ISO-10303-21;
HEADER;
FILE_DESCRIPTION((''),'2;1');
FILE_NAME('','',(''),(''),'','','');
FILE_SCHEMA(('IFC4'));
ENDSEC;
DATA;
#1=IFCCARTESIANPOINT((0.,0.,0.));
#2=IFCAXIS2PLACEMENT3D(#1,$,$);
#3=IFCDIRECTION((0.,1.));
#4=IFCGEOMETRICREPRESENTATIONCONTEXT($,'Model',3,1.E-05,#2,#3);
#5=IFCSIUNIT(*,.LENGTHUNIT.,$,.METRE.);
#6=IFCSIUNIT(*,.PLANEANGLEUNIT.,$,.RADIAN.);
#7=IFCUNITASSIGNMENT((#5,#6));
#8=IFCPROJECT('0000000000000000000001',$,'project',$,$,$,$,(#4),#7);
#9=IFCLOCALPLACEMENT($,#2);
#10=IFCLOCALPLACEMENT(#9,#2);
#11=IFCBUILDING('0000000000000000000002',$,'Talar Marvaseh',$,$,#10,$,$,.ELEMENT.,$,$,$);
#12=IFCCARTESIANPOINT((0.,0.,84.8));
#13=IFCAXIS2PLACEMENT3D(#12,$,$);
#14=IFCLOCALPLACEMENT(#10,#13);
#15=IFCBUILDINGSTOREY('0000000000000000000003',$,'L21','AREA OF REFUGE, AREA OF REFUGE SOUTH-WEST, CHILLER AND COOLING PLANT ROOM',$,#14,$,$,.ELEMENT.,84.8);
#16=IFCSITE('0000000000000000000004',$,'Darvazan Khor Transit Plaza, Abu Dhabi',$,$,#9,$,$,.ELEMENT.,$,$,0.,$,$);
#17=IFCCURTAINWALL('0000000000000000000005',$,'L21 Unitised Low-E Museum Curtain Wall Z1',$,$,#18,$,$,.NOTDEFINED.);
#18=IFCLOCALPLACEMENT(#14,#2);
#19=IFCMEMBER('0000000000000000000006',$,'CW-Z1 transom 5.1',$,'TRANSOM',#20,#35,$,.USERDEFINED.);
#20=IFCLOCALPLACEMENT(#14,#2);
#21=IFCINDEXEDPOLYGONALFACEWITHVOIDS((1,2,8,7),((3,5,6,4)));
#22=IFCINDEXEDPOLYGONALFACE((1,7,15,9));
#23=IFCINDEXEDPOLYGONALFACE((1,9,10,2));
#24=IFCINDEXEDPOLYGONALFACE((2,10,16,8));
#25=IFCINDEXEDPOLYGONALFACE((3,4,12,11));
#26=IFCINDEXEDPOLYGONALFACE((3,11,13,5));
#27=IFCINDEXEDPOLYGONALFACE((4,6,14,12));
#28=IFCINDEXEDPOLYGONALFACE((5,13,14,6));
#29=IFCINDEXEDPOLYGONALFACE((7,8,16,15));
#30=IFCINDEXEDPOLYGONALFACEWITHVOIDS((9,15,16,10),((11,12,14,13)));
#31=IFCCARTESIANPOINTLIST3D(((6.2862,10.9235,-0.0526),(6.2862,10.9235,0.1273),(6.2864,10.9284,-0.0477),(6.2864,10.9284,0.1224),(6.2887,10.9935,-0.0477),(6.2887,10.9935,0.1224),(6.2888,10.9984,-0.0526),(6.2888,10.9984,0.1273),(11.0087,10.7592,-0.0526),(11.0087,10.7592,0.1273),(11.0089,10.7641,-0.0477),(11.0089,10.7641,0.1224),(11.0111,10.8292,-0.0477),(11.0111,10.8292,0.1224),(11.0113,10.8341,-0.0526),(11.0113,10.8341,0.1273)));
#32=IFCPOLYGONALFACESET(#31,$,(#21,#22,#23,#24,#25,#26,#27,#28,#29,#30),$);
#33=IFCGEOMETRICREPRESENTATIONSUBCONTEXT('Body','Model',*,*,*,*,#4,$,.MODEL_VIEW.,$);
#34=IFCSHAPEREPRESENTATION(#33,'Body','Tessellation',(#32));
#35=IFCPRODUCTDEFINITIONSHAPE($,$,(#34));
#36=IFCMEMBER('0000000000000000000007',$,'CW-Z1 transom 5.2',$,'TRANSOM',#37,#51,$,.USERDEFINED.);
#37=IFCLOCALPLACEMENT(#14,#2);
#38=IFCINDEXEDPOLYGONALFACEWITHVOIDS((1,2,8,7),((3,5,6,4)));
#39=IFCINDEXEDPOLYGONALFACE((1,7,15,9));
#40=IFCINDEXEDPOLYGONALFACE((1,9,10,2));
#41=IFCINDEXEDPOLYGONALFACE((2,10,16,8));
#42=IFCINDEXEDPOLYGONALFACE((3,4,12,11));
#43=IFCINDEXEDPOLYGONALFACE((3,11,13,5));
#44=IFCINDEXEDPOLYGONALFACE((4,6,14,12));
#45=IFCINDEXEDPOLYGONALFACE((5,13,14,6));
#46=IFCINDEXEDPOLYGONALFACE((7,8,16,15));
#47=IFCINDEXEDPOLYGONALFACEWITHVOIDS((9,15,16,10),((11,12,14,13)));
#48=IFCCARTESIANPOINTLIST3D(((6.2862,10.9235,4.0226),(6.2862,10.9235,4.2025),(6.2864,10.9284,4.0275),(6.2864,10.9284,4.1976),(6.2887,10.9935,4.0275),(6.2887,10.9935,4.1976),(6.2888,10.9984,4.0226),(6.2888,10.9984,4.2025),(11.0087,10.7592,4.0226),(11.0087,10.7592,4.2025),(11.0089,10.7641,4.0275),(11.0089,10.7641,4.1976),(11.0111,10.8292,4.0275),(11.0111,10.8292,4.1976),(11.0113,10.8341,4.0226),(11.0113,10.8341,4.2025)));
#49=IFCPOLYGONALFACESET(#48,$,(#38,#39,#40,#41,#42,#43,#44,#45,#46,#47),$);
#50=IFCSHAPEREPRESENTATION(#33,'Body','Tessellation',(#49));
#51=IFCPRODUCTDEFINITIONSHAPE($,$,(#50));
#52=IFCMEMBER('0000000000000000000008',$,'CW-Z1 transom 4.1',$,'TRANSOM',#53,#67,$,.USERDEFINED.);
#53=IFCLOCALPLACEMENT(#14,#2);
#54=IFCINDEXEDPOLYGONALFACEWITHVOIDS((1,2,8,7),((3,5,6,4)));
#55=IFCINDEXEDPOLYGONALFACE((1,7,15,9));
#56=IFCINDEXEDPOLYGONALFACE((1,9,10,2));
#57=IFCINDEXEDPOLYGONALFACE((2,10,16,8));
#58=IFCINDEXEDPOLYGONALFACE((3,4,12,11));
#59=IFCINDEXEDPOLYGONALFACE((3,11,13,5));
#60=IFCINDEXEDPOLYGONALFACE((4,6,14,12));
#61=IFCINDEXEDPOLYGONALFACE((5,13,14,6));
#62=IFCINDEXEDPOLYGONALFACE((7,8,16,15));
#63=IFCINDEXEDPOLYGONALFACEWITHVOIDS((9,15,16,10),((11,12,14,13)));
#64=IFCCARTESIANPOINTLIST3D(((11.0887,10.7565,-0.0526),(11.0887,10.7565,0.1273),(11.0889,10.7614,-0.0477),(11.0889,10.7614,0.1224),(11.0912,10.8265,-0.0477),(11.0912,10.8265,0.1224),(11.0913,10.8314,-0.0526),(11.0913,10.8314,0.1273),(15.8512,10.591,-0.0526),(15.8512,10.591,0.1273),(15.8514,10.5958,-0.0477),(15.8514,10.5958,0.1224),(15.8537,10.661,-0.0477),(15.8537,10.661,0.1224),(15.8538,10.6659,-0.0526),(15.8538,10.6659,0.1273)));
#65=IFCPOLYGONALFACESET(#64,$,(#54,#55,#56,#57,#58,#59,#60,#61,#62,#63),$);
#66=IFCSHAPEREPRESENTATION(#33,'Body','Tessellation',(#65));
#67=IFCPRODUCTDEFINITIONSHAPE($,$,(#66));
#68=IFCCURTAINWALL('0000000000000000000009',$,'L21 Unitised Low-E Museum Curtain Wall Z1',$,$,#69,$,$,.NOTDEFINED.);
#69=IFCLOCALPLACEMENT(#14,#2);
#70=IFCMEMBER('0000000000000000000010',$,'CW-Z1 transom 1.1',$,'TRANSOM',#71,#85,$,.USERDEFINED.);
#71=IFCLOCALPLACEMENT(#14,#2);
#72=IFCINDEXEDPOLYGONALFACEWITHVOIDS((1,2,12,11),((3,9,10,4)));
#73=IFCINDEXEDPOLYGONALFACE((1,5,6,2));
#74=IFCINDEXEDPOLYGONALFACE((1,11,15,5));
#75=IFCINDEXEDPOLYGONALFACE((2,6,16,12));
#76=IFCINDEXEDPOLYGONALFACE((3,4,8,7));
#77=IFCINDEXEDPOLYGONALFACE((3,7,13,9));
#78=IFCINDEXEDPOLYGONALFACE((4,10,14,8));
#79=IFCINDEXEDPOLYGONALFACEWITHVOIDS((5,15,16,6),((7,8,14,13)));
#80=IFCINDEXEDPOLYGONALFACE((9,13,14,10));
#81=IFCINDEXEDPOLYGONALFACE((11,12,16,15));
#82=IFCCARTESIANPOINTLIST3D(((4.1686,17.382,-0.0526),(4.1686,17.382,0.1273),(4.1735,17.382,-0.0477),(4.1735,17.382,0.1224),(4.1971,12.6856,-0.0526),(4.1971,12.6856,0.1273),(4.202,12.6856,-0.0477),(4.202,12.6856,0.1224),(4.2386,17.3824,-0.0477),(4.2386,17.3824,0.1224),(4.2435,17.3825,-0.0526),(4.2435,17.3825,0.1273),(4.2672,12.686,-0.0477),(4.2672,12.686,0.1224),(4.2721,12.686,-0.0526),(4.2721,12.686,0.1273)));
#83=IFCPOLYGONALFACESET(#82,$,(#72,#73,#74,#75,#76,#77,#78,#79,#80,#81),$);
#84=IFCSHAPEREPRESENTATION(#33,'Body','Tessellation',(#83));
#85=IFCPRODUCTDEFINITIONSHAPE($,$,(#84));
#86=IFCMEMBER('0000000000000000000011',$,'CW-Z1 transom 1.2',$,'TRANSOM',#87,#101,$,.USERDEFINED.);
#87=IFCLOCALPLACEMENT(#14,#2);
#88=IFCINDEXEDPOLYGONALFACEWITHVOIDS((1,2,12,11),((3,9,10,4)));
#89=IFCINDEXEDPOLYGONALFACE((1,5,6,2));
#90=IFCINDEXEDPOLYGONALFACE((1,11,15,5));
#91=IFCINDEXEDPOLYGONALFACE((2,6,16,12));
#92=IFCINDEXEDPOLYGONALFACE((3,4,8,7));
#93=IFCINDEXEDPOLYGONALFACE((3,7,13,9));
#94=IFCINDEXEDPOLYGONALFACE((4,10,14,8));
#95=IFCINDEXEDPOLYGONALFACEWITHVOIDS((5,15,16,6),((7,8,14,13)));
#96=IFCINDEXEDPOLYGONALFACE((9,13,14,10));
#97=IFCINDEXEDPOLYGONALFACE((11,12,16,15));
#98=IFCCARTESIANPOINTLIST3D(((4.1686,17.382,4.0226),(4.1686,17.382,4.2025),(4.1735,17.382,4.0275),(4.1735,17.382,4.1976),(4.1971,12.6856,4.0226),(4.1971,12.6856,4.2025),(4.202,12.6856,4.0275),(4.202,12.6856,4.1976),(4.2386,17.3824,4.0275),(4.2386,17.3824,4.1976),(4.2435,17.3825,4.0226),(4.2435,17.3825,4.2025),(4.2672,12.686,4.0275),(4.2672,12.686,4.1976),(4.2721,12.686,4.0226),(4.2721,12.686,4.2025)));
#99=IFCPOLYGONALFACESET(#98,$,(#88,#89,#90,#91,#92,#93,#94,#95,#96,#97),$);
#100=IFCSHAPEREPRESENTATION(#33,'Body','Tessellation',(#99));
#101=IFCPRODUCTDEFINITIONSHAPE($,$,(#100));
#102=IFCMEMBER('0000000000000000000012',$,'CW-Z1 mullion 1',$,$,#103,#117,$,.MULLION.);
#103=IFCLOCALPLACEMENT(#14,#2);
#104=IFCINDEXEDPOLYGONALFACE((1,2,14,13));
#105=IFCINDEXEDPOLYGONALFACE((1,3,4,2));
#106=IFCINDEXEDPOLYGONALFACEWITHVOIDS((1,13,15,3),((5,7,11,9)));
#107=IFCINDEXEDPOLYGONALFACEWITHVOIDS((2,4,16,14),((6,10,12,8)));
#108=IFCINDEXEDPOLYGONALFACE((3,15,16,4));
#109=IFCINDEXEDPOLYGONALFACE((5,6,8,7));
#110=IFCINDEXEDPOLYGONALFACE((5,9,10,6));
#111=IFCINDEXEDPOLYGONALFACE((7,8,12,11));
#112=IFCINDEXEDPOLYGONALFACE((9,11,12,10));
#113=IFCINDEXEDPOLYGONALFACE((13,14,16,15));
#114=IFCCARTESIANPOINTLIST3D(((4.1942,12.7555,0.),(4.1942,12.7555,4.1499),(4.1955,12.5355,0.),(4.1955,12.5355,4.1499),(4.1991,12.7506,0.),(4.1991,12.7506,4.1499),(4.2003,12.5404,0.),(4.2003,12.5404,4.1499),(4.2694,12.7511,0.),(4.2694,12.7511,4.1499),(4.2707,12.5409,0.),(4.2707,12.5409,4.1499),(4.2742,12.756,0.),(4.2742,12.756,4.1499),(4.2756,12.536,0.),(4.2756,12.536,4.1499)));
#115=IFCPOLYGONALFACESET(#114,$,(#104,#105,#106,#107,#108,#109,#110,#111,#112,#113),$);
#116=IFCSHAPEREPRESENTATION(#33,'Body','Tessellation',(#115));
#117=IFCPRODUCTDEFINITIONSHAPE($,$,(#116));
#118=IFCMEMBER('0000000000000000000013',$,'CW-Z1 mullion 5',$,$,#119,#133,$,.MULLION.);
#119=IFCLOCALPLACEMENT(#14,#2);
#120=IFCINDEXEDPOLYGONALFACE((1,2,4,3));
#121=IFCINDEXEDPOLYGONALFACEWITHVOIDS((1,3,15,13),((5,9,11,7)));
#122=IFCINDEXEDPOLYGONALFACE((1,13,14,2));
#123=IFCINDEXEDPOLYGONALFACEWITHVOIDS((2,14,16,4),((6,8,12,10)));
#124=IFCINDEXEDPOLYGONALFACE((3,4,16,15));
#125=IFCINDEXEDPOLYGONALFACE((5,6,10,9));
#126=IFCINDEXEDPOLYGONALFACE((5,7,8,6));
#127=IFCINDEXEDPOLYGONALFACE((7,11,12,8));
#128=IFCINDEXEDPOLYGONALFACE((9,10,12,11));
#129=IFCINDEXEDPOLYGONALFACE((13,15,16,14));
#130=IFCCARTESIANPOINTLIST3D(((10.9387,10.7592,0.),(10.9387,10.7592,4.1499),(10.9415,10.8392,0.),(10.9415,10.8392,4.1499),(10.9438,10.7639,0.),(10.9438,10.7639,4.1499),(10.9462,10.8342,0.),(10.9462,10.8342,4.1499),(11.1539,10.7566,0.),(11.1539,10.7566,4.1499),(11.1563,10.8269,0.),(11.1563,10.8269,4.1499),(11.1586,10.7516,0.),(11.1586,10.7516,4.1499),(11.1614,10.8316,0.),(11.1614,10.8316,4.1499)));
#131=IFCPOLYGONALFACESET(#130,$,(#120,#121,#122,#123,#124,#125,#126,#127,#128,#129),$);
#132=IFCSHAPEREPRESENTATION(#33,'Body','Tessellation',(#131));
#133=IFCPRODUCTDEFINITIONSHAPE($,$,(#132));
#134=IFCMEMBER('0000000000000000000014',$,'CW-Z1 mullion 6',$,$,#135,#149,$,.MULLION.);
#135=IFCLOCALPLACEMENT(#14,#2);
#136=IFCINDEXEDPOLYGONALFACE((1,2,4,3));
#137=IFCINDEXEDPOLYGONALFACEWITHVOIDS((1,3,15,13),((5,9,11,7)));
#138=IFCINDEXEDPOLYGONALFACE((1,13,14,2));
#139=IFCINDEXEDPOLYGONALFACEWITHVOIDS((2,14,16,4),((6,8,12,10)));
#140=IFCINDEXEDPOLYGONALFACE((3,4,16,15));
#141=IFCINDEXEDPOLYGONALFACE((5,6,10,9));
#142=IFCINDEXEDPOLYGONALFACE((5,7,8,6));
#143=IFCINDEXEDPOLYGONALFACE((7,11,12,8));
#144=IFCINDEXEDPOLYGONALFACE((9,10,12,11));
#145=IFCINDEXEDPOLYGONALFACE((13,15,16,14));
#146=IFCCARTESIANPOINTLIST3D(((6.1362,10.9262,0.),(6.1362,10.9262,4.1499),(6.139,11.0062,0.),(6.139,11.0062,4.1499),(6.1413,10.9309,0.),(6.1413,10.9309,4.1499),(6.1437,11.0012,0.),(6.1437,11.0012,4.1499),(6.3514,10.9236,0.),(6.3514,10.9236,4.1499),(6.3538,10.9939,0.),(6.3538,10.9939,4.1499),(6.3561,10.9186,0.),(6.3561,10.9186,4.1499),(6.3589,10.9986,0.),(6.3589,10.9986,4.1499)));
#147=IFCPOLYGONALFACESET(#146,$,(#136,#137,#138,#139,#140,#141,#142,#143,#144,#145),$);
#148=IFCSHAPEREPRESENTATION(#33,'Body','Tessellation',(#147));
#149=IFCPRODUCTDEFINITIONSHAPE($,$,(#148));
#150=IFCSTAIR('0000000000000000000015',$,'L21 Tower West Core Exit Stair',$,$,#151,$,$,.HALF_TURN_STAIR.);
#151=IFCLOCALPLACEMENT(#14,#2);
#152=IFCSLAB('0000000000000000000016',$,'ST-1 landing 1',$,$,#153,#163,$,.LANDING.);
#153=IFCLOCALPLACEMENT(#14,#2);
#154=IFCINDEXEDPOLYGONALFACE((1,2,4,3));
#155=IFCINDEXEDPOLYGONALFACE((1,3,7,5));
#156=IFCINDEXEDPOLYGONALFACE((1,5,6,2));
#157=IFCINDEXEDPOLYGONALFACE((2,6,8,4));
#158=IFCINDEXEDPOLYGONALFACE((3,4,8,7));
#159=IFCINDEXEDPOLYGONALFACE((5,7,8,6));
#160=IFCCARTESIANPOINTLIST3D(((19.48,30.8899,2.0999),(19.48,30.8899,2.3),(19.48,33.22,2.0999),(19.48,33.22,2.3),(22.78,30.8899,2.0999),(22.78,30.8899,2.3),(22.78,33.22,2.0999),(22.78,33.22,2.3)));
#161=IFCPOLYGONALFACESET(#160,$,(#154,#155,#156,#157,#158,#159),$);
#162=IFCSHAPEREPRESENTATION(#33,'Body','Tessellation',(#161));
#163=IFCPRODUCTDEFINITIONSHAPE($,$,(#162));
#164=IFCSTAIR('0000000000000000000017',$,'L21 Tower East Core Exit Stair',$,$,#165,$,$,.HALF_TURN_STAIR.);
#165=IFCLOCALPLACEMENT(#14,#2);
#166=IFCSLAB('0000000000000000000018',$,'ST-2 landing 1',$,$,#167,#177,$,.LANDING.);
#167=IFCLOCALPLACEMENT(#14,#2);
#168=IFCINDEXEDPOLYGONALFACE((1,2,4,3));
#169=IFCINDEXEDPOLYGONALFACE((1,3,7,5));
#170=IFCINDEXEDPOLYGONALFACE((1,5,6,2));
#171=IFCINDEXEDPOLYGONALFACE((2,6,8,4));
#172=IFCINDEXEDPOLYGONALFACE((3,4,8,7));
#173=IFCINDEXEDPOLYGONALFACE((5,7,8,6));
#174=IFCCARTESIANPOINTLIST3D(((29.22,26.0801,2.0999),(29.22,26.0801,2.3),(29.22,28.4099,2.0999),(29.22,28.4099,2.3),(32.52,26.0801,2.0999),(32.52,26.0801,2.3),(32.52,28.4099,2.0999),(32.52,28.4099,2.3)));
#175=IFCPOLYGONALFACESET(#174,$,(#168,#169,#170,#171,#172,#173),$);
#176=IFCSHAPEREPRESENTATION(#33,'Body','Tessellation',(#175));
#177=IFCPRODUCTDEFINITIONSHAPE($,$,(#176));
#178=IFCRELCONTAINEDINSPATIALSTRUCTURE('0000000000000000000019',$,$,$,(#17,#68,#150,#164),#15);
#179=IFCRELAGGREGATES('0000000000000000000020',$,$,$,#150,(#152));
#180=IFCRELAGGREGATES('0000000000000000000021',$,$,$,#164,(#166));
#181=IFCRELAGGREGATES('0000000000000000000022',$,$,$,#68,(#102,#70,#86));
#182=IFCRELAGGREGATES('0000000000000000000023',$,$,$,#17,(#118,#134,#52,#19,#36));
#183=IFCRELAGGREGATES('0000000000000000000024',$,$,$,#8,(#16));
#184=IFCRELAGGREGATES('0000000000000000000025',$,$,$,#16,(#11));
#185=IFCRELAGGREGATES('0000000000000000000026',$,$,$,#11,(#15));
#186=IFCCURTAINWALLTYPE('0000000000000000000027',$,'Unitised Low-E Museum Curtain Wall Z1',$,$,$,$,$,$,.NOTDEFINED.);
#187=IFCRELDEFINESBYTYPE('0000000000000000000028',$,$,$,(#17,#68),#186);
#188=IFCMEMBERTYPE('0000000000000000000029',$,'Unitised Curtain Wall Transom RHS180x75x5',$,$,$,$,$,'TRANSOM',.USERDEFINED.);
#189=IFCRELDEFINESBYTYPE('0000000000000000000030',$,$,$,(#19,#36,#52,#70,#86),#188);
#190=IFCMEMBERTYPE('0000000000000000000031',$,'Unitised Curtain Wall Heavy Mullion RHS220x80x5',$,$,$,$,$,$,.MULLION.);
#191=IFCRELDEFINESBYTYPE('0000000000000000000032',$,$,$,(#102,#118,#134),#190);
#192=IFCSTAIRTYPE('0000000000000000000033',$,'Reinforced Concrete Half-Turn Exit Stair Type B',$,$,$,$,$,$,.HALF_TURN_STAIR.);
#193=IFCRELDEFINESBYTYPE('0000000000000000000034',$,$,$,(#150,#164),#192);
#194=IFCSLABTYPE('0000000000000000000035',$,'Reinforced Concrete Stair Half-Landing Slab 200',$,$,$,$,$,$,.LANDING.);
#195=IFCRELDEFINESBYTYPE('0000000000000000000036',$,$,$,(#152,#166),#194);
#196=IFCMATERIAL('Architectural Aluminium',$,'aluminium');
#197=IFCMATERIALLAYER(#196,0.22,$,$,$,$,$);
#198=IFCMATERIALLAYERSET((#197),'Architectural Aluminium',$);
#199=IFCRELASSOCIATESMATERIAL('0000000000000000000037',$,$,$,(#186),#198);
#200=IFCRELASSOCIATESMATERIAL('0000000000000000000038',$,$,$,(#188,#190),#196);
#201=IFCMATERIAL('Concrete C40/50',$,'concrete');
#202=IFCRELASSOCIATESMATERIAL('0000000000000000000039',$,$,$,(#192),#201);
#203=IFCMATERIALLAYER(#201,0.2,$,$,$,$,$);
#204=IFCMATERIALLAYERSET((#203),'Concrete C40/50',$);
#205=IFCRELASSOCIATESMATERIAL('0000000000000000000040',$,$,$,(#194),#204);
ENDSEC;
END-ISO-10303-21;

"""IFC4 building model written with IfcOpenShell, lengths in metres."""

from ifc_helpers import new_model, si_unit, direction, frame, origin, origin_2d, place, context, subcontext, project, spatial, polyline, hollow_rectangle, outline, extrude, source, transform, mapped, material, layer, layer_set, material_profile, profile_set, type_object, type_shapes, element, aggregate, save


model = new_model("IFC4")

# Units and contexts
model_context = context("Model", 3, precision=1e-05, world=origin(), true_north=direction((0.0, 1.0)))
body_context = subcontext(model_context, "Body", "Model", "MODEL_VIEW")
ifc_project = project(units=[si_unit("LENGTHUNIT", "METRE"), si_unit("PLANEANGLEUNIT", "RADIAN")], contexts=[model_context])

# Site, building, storey
site_placement = place(None, origin())
site = spatial("IfcSite", under=ifc_project, at=site_placement, Name="Darvazan Khor Transit Plaza, Abu Dhabi", CompositionType="ELEMENT", RefElevation=0.0)
building_placement = place(site_placement, origin())
building = spatial("IfcBuilding", under=site, at=building_placement, Name="Talar Marvaseh", CompositionType="ELEMENT")
storey_placement = place(building_placement, frame((0.0, 0.0, 84.8)))
storey = spatial("IfcBuildingStorey", under=building, at=storey_placement, Name="L21", Description="AREA OF REFUGE, AREA OF REFUGE SOUTH-WEST, CHILLER AND COOLING PLANT ROOM", CompositionType="ELEMENT", Elevation=84.8)

# Curtain walls, members
ifc_material_1 = material(Name="Architectural Aluminium", Category="aluminium")
ifc_layer_1 = layer(ifc_material_1, 0.22)
ifc_layer_set_1 = layer_set([ifc_layer_1], Name="Architectural Aluminium")
curtain_wall_type = type_object("IfcCurtainWallType", Name="Unitised Low-E Museum Curtain Wall Z1", PredefinedType="NOTDEFINED", material=ifc_layer_set_1)
curtain_wall_1_placement = place(storey_placement, origin())
curtain_wall_1 = element("IfcCurtainWall", 1, at=curtain_wall_1_placement, inside=storey, type_object=curtain_wall_type, Name="L21 Unitised Low-E Museum Curtain Wall Z1", PredefinedType="NOTDEFINED")
ifc_material_profile_1 = material_profile(ifc_material_1, hollow_rectangle(XDim=0.075, YDim=0.1799, WallThickness=0.0049, at=origin_2d()), Name="RHS180x75x5")
ifc_profile_set_1 = profile_set([ifc_material_profile_1], Name="Architectural Aluminium")
member_type_1 = type_object("IfcMemberType", Name="Unitised Curtain Wall Transom RHS180x75x5", ElementType="TRANSOM", PredefinedType="USERDEFINED", material=ifc_profile_set_1)
shared_shape_1 = source(origin(), body_context, "Body", "SweptSolid", [
    extrude(hollow_rectangle(XDim=0.075, YDim=0.1799, WallThickness=0.0049, at=origin_2d()), origin(), (0.0, 0.0, 1.0), 4.7253),
])
member_1_placement = place(storey_placement, frame((11.01, 10.7966, 0.0374), z_axis=(-0.999395, 0.034772, 0.0), x_axis=(-0.034772, -0.999395, 0.0)))
member_1 = element("IfcMember", 2, at=member_1_placement, type_object=member_type_1, Name="CW-Z1 transom 5.1", ObjectType="TRANSOM", PredefinedType="USERDEFINED", context=body_context, shape_type="MappedRepresentation", body=[
    mapped(shared_shape_1, transform((0.0, 0.0, 0.0), x_axis=(1.0, 0.0, 0.0), y_axis=(0.0, 1.0, 0.0), z_axis=(0.0, 0.0, 1.0), scale=1.0)),
])
member_2_placement = place(storey_placement, frame((11.01, 10.7966, 4.1125), z_axis=(-0.999395, 0.034772, 0.0), x_axis=(-0.034772, -0.999395, 0.0)))
member_2 = element("IfcMember", 3, at=member_2_placement, type_object=member_type_1, Name="CW-Z1 transom 5.2", ObjectType="TRANSOM", PredefinedType="USERDEFINED", context=body_context, shape_type="MappedRepresentation", body=[
    mapped(shared_shape_1, transform((0.0, 0.0, 0.0), x_axis=(1.0, 0.0, 0.0), y_axis=(0.0, 1.0, 0.0), z_axis=(0.0, 0.0, 1.0), scale=1.0)),
])
shared_shape_2 = source(origin(), body_context, "Body", "SweptSolid", [
    extrude(hollow_rectangle(XDim=0.075, YDim=0.1799, WallThickness=0.0049, at=origin_2d()), origin(), (0.0, 0.0, 1.0), 4.7654),
])
member_3_placement = place(storey_placement, frame((15.8525, 10.6284, 0.0374), z_axis=(-0.999397, 0.034736, 0.0), x_axis=(-0.034736, -0.999397, 0.0)))
member_3 = element("IfcMember", 4, at=member_3_placement, type_object=member_type_1, Name="CW-Z1 transom 4.1", ObjectType="TRANSOM", PredefinedType="USERDEFINED", context=body_context, shape_type="MappedRepresentation", body=[
    mapped(shared_shape_2, transform((0.0, 0.0, 0.0), x_axis=(1.0, 0.0, 0.0), y_axis=(0.0, 1.0, 0.0), z_axis=(0.0, 0.0, 1.0), scale=1.0)),
])
curtain_wall_2_placement = place(storey_placement, origin())
curtain_wall_2 = element("IfcCurtainWall", 5, at=curtain_wall_2_placement, inside=storey, type_object=curtain_wall_type, Name="L21 Unitised Low-E Museum Curtain Wall Z1", PredefinedType="NOTDEFINED")
shared_shape_3 = source(origin(), body_context, "Body", "SweptSolid", [
    extrude(hollow_rectangle(XDim=0.075, YDim=0.1799, WallThickness=0.0049, at=origin_2d()), origin(), (0.0, 0.0, 1.0), 4.6965),
])
type_shapes(member_type_1, [shared_shape_1, shared_shape_2, shared_shape_3])
member_4_placement = place(storey_placement, frame((4.2346, 12.6858, 0.0374), z_axis=(-0.006082, 0.999982, 0.0), x_axis=(-0.999982, -0.006082, 0.0)))
member_4 = element("IfcMember", 6, at=member_4_placement, type_object=member_type_1, Name="CW-Z1 transom 1.1", ObjectType="TRANSOM", PredefinedType="USERDEFINED", context=body_context, shape_type="MappedRepresentation", body=[
    mapped(shared_shape_3, transform((0.0, 0.0, 0.0), x_axis=(1.0, 0.0, 0.0), y_axis=(0.0, 1.0, 0.0), z_axis=(0.0, 0.0, 1.0), scale=1.0)),
])
member_5_placement = place(storey_placement, frame((4.2346, 12.6858, 4.1125), z_axis=(-0.006082, 0.999982, 0.0), x_axis=(-0.999982, -0.006082, 0.0)))
member_5 = element("IfcMember", 7, at=member_5_placement, type_object=member_type_1, Name="CW-Z1 transom 1.2", ObjectType="TRANSOM", PredefinedType="USERDEFINED", context=body_context, shape_type="MappedRepresentation", body=[
    mapped(shared_shape_3, transform((0.0, 0.0, 0.0), x_axis=(1.0, 0.0, 0.0), y_axis=(0.0, 1.0, 0.0), z_axis=(0.0, 0.0, 1.0), scale=1.0)),
])
ifc_material_profile_2 = material_profile(ifc_material_1, hollow_rectangle(XDim=0.0801, YDim=0.22, WallThickness=0.0049, at=origin_2d()), Name="RHS220x80x5")
ifc_profile_set_2 = profile_set([ifc_material_profile_2], Name="Architectural Aluminium")
member_type_2 = type_object("IfcMemberType", Name="Unitised Curtain Wall Heavy Mullion RHS220x80x5", PredefinedType="MULLION", material=ifc_profile_set_2)
shared_shape_4 = source(origin(), body_context, "Body", "SweptSolid", [
    extrude(hollow_rectangle(XDim=0.0801, YDim=0.22, WallThickness=0.0049, at=origin_2d()), origin(), (0.0, 0.0, 1.0), 4.1499),
])
type_shapes(member_type_2, [shared_shape_4])
member_6_placement = place(storey_placement, frame((4.2349, 12.6458, 0.0), z_axis=(0.0, 0.0, 1.0), x_axis=(-0.999982, -0.006042, 0.0)))
member_6 = element("IfcMember", 8, at=member_6_placement, type_object=member_type_2, Name="CW-Z1 mullion 1", PredefinedType="MULLION", context=body_context, shape_type="MappedRepresentation", body=[
    mapped(shared_shape_4, transform((0.0, 0.0, 0.0), x_axis=(1.0, 0.0, 0.0), y_axis=(0.0, 1.0, 0.0), z_axis=(0.0, 0.0, 1.0), scale=1.0)),
])

# Members
member_7_placement = place(storey_placement, frame((11.05, 10.7954, 0.0), z_axis=(0.0, 0.0, 1.0), x_axis=(-0.034747, -0.999396, 0.0)))
member_7 = element("IfcMember", 9, at=member_7_placement, type_object=member_type_2, Name="CW-Z1 mullion 5", PredefinedType="MULLION", context=body_context, shape_type="MappedRepresentation", body=[
    mapped(shared_shape_4, transform((0.0, 0.0, 0.0), x_axis=(1.0, 0.0, 0.0), y_axis=(0.0, 1.0, 0.0), z_axis=(0.0, 0.0, 1.0), scale=1.0)),
])
member_8_placement = place(storey_placement, frame((6.2476, 10.9624, 0.0), z_axis=(0.0, 0.0, 1.0), x_axis=(-0.034747, -0.999396, 0.0)))
member_8 = element("IfcMember", 10, at=member_8_placement, type_object=member_type_2, Name="CW-Z1 mullion 6", PredefinedType="MULLION", context=body_context, shape_type="MappedRepresentation", body=[
    mapped(shared_shape_4, transform((0.0, 0.0, 0.0), x_axis=(1.0, 0.0, 0.0), y_axis=(0.0, 1.0, 0.0), z_axis=(0.0, 0.0, 1.0), scale=1.0)),
])

# Stairs, slabs
ifc_material_2 = material(Name="Concrete C40/50", Category="concrete")
stair_type = type_object("IfcStairType", Name="Reinforced Concrete Half-Turn Exit Stair Type B", PredefinedType="HALF_TURN_STAIR", material=ifc_material_2)
stair_1_placement = place(storey_placement, origin())
stair_1 = element("IfcStair", 11, at=stair_1_placement, inside=storey, type_object=stair_type, Name="L21 Tower West Core Exit Stair", PredefinedType="HALF_TURN_STAIR")
ifc_layer_2 = layer(ifc_material_2, 0.2)
ifc_layer_set_2 = layer_set([ifc_layer_2], Name="Concrete C40/50")
slab_type_1 = type_object("IfcSlabType", Name="Reinforced Concrete Stair Half-Landing Slab 200", PredefinedType="LANDING", material=ifc_layer_set_2)
slab_1_placement = place(storey_placement, frame((0.0, 0.0, 2.0999)))
slab_1 = element("IfcSlab", 12, at=slab_1_placement, type_object=slab_type_1, Name="ST-1 landing 1", PredefinedType="LANDING", context=body_context, shape_type="SweptSolid", body=[
    extrude(outline(polyline([(22.78, 30.8899), (22.78, 33.22), (19.48, 33.22), (19.48, 30.8899), (22.78, 30.8899)])), origin(), (0.0, 0.0, 1.0), 0.2002),
])
aggregate(stair_1, [slab_1])
stair_2_placement = place(storey_placement, origin())
stair_2 = element("IfcStair", 13, at=stair_2_placement, inside=storey, type_object=stair_type, Name="L21 Tower East Core Exit Stair", PredefinedType="HALF_TURN_STAIR")
slab_2_placement = place(storey_placement, frame((0.0, 0.0, 2.0999)))
slab_2 = element("IfcSlab", 14, at=slab_2_placement, type_object=slab_type_1, Name="ST-2 landing 1", PredefinedType="LANDING", context=body_context, shape_type="SweptSolid", body=[
    extrude(outline(polyline([(29.22, 28.4099), (29.22, 26.0801), (32.52, 26.0801), (32.52, 28.4099), (29.22, 28.4099)])), origin(), (0.0, 0.0, 1.0), 0.2002),
])
aggregate(stair_2, [slab_2])

aggregate(curtain_wall_2, [member_6, member_4, member_5])
aggregate(curtain_wall_1, [member_7, member_8, member_3, member_1, member_2])

save(model, "model.ifc")
